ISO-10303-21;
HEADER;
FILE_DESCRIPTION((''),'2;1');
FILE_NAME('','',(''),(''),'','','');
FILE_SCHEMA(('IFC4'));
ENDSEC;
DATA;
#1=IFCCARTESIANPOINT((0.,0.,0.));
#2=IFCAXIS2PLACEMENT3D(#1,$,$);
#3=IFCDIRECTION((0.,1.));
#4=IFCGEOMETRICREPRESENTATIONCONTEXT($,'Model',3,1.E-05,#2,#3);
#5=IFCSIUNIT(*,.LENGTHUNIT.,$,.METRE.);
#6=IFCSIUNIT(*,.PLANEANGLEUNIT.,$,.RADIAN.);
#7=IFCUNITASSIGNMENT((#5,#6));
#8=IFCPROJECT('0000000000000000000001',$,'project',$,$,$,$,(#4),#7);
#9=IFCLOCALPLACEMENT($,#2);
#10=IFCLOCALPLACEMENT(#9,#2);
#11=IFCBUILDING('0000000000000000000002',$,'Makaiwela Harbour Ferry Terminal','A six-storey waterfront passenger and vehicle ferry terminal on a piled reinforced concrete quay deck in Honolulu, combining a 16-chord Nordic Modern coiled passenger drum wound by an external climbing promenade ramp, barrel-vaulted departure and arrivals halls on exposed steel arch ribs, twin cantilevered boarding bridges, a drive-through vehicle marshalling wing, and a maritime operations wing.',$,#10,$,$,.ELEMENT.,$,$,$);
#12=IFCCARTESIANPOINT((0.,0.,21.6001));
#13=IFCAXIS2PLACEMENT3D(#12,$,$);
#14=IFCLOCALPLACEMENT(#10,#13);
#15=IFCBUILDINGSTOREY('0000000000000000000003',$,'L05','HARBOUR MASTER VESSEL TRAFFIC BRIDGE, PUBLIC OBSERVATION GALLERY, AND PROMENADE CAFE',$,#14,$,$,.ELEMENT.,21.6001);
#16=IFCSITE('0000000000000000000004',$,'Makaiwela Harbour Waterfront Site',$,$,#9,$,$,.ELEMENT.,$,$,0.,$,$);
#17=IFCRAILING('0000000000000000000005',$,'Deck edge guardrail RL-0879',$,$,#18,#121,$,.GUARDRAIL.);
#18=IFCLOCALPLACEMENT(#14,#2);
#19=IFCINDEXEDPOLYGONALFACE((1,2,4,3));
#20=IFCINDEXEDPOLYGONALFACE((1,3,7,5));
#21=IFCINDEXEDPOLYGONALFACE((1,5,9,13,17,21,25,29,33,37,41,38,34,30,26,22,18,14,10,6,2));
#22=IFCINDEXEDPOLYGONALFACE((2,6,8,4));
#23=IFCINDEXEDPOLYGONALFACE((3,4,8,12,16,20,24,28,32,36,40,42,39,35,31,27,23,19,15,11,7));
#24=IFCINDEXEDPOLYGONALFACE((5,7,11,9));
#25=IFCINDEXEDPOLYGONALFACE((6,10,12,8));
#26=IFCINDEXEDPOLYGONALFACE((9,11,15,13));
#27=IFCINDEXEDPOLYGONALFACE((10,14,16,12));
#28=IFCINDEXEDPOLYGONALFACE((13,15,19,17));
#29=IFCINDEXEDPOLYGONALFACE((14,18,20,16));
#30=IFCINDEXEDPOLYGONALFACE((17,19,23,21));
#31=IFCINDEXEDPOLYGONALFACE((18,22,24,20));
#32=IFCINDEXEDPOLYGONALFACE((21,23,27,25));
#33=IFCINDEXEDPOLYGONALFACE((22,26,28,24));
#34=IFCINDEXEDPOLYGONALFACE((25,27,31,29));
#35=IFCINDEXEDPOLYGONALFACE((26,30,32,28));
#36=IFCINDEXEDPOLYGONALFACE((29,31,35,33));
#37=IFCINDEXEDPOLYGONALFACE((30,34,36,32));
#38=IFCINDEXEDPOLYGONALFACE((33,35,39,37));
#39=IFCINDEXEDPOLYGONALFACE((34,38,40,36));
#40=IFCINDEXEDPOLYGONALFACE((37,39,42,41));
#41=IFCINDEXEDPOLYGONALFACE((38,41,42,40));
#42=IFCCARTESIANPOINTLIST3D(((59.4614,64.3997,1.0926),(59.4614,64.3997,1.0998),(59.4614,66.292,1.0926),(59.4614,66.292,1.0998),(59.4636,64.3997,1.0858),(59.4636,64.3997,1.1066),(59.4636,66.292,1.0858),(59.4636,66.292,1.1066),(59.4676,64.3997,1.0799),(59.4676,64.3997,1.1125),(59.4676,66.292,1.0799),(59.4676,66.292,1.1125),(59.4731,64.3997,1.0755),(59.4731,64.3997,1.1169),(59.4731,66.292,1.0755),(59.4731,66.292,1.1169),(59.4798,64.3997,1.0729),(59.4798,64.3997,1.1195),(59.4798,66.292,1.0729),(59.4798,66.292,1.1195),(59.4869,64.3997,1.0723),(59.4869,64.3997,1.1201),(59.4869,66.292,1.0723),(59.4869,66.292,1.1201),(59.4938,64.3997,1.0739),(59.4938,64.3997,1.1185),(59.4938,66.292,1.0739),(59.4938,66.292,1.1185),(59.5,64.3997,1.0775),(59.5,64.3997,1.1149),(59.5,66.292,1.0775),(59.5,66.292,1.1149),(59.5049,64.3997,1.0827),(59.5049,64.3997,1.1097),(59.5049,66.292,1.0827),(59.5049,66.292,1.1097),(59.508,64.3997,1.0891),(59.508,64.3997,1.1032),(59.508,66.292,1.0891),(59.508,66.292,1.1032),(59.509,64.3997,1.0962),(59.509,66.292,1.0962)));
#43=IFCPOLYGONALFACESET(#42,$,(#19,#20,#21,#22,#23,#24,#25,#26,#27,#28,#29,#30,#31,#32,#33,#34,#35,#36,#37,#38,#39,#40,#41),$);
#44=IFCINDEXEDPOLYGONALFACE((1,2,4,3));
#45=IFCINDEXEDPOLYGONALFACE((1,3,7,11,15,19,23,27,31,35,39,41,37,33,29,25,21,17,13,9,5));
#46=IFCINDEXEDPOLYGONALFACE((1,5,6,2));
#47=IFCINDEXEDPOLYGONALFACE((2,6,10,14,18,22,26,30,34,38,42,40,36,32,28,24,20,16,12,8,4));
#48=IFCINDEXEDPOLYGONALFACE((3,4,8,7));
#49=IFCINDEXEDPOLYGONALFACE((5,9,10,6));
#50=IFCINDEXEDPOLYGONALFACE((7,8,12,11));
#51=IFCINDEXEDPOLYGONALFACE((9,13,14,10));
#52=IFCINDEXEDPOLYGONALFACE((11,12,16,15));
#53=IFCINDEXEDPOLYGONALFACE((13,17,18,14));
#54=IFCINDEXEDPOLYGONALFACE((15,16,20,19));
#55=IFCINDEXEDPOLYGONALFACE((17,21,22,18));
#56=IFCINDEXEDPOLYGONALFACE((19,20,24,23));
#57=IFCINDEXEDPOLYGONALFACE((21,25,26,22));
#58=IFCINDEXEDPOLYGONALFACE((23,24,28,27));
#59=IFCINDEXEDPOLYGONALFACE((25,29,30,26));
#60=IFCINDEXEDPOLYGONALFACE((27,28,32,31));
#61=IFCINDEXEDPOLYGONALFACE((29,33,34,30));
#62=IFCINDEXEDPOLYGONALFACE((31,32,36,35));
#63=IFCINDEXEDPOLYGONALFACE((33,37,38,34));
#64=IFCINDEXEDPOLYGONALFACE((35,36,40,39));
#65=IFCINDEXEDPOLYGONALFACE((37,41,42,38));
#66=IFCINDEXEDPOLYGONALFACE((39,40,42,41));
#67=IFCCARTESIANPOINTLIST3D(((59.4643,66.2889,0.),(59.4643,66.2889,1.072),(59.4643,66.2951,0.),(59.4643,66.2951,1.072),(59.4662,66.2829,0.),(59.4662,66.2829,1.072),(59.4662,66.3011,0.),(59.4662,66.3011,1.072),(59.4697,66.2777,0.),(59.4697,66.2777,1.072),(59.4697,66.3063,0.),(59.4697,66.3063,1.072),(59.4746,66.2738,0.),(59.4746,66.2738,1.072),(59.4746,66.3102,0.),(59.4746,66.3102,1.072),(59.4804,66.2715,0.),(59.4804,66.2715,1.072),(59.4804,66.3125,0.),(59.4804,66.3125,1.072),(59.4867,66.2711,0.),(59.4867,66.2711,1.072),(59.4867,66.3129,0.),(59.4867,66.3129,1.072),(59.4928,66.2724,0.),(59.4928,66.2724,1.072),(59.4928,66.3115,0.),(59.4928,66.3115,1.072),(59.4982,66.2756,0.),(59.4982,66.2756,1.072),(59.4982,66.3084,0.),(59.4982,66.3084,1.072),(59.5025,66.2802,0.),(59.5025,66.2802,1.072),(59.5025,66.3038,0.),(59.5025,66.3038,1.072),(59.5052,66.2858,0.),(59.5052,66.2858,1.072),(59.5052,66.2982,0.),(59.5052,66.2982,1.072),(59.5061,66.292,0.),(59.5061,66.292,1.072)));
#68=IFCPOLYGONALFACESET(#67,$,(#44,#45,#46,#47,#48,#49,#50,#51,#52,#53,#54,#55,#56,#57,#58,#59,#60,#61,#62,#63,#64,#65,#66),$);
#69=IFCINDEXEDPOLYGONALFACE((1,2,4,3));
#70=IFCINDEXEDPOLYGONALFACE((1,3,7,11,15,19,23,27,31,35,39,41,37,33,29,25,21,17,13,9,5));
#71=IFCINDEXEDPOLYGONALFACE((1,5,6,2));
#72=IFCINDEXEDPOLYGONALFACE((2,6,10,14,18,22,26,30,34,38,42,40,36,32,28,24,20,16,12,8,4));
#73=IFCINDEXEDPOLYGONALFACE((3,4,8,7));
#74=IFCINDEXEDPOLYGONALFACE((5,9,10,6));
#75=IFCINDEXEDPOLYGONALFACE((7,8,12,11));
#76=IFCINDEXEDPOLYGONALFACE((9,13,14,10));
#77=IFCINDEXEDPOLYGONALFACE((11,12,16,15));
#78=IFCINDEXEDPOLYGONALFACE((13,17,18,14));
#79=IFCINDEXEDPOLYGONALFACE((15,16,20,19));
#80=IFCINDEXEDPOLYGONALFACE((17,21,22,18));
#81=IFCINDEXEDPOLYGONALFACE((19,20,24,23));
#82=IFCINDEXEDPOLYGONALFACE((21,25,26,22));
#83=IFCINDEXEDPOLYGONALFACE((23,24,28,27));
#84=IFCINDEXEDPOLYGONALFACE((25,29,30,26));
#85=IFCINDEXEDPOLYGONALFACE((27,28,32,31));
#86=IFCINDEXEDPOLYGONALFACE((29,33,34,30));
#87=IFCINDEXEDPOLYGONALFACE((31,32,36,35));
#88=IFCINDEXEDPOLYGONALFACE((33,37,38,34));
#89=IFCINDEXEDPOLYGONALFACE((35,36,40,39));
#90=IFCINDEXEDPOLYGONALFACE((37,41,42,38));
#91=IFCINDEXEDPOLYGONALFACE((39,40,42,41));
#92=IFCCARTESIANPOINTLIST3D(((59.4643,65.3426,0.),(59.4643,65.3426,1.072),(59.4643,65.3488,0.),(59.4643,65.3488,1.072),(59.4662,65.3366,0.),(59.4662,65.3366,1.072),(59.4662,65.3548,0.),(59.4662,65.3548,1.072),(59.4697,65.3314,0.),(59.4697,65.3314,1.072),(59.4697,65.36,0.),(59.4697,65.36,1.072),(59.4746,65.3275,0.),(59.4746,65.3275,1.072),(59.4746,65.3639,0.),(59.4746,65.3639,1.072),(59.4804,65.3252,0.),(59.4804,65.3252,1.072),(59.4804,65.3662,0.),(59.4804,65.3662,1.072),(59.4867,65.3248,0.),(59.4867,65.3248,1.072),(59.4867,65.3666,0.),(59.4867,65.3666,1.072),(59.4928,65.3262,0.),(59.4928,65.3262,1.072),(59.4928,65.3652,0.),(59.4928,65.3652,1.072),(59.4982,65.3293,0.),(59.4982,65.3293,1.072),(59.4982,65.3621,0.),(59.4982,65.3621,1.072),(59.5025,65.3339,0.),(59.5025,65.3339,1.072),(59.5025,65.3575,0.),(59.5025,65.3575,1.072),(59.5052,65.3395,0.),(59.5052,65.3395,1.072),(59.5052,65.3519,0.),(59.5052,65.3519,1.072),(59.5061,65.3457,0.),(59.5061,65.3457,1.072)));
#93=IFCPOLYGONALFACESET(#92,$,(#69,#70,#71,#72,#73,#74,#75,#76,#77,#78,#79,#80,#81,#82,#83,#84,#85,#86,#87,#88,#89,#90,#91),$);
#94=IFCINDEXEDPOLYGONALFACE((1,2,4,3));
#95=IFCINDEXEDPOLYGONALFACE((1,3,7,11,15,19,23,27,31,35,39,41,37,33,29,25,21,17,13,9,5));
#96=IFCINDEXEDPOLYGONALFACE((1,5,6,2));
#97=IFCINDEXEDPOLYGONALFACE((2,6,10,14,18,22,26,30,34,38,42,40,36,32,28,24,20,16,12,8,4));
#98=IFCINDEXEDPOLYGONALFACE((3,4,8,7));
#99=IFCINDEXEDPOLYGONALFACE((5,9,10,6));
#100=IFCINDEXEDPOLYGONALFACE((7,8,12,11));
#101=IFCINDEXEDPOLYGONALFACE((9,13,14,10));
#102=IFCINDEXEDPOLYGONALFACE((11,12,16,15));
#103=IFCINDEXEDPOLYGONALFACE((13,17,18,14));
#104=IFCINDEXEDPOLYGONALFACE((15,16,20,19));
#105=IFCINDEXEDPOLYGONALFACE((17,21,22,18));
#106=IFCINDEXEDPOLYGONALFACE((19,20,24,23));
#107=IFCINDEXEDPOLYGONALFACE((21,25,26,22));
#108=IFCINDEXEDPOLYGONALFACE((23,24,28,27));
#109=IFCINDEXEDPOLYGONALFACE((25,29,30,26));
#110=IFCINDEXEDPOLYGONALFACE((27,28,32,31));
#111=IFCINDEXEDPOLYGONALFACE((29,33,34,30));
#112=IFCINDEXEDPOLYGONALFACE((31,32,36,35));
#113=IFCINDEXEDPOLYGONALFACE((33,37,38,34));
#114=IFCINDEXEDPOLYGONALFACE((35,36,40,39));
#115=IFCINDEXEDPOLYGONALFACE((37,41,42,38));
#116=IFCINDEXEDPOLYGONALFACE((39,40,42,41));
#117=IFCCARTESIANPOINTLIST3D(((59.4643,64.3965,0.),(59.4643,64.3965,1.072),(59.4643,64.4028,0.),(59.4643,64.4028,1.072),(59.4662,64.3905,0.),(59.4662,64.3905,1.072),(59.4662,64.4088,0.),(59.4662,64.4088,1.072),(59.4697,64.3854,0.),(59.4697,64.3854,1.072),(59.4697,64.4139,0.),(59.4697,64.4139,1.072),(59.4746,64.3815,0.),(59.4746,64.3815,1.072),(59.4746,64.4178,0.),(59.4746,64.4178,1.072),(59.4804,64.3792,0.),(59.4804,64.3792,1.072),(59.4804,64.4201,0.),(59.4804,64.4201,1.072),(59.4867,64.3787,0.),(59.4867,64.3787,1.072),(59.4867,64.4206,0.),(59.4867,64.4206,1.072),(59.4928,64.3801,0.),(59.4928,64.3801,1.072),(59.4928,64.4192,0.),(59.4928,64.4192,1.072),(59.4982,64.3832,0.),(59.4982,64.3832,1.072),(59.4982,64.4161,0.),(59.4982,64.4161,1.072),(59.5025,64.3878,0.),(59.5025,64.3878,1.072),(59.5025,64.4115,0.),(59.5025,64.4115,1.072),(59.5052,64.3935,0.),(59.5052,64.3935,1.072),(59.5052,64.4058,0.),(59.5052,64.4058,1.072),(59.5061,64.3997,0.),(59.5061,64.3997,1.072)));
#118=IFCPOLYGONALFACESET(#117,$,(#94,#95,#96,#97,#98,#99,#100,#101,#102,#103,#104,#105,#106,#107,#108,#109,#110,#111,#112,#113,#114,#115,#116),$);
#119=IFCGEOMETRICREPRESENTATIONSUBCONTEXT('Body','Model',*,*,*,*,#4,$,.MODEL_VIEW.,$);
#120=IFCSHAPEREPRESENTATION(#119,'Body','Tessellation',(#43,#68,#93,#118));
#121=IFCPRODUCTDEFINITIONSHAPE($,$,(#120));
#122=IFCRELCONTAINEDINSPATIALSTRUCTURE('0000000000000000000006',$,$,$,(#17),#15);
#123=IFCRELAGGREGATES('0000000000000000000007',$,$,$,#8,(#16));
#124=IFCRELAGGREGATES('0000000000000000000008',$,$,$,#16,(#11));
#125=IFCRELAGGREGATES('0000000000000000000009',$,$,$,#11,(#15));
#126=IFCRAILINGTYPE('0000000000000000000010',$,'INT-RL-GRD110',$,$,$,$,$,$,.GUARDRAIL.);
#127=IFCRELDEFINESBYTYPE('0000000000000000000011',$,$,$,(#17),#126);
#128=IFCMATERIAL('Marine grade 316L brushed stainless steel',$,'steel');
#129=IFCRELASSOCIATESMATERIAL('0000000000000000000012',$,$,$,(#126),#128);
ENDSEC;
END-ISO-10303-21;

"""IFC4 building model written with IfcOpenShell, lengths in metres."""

from ifc_helpers import new_model, si_unit, direction, frame, origin, origin_2d, place, context, subcontext, project, spatial, circle, extrude, material, type_object, element, save


model = new_model("IFC4")

# Units and contexts
model_context = context("Model", 3, precision=1e-05, world=origin(), true_north=direction((0.0, 1.0)))
body_context = subcontext(model_context, "Body", "Model", "MODEL_VIEW")
ifc_project = project(units=[si_unit("LENGTHUNIT", "METRE"), si_unit("PLANEANGLEUNIT", "RADIAN")], contexts=[model_context])

# Site, building, storey
site_placement = place(None, origin())
site = spatial("IfcSite", under=ifc_project, at=site_placement, Name="Makaiwela Harbour Waterfront Site", CompositionType="ELEMENT", RefElevation=0.0)
building_placement = place(site_placement, origin())
building = spatial("IfcBuilding", under=site, at=building_placement, Name="Makaiwela Harbour Ferry Terminal", Description="A six-storey waterfront passenger and vehicle ferry terminal on a piled reinforced concrete quay deck in Honolulu, combining a 16-chord Nordic Modern coiled passenger drum wound by an external climbing promenade ramp, barrel-vaulted departure and arrivals halls on exposed steel arch ribs, twin cantilevered boarding bridges, a drive-through vehicle marshalling wing, and a maritime operations wing.", CompositionType="ELEMENT")
storey_placement = place(building_placement, frame((0.0, 0.0, 21.6001)))
storey = spatial("IfcBuildingStorey", under=building, at=storey_placement, Name="L05", Description="HARBOUR MASTER VESSEL TRAFFIC BRIDGE, PUBLIC OBSERVATION GALLERY, AND PROMENADE CAFE", CompositionType="ELEMENT", Elevation=21.6001)

# Railing
ifc_material_1 = material(Name="Marine grade 316L brushed stainless steel", Category="steel")
railing_type = type_object("IfcRailingType", Name="INT-RL-GRD110", PredefinedType="GUARDRAIL", material=ifc_material_1)
railing_1_placement = place(storey_placement, frame((59.4851, 66.292, 0.0)))
element("IfcRailing", 1, at=railing_1_placement, inside=storey, type_object=railing_type, Name="Deck edge guardrail RL-0879", PredefinedType="GUARDRAIL", context=body_context, shape_type="SweptSolid", body=[
    extrude(circle(Radius=0.0239, at=origin_2d()), frame((0.0, 0.0, 1.0962), z_axis=(0.0, -1.0, 0.0), x_axis=(1.0, 0.0, 0.0)), (0.0, 0.0, 1.0), 1.8923),
    extrude(circle(Radius=0.021, at=origin_2d()), origin(), (0.0, 0.0, 1.0), 1.072),
    extrude(circle(Radius=0.021, at=origin_2d()), frame((0.0, -0.9463, 0.0)), (0.0, 0.0, 1.0), 1.072),
    extrude(circle(Radius=0.021, at=origin_2d()), frame((0.0, -1.8923, 0.0)), (0.0, 0.0, 1.0), 1.072),
])

save(model, "model.ifc")
